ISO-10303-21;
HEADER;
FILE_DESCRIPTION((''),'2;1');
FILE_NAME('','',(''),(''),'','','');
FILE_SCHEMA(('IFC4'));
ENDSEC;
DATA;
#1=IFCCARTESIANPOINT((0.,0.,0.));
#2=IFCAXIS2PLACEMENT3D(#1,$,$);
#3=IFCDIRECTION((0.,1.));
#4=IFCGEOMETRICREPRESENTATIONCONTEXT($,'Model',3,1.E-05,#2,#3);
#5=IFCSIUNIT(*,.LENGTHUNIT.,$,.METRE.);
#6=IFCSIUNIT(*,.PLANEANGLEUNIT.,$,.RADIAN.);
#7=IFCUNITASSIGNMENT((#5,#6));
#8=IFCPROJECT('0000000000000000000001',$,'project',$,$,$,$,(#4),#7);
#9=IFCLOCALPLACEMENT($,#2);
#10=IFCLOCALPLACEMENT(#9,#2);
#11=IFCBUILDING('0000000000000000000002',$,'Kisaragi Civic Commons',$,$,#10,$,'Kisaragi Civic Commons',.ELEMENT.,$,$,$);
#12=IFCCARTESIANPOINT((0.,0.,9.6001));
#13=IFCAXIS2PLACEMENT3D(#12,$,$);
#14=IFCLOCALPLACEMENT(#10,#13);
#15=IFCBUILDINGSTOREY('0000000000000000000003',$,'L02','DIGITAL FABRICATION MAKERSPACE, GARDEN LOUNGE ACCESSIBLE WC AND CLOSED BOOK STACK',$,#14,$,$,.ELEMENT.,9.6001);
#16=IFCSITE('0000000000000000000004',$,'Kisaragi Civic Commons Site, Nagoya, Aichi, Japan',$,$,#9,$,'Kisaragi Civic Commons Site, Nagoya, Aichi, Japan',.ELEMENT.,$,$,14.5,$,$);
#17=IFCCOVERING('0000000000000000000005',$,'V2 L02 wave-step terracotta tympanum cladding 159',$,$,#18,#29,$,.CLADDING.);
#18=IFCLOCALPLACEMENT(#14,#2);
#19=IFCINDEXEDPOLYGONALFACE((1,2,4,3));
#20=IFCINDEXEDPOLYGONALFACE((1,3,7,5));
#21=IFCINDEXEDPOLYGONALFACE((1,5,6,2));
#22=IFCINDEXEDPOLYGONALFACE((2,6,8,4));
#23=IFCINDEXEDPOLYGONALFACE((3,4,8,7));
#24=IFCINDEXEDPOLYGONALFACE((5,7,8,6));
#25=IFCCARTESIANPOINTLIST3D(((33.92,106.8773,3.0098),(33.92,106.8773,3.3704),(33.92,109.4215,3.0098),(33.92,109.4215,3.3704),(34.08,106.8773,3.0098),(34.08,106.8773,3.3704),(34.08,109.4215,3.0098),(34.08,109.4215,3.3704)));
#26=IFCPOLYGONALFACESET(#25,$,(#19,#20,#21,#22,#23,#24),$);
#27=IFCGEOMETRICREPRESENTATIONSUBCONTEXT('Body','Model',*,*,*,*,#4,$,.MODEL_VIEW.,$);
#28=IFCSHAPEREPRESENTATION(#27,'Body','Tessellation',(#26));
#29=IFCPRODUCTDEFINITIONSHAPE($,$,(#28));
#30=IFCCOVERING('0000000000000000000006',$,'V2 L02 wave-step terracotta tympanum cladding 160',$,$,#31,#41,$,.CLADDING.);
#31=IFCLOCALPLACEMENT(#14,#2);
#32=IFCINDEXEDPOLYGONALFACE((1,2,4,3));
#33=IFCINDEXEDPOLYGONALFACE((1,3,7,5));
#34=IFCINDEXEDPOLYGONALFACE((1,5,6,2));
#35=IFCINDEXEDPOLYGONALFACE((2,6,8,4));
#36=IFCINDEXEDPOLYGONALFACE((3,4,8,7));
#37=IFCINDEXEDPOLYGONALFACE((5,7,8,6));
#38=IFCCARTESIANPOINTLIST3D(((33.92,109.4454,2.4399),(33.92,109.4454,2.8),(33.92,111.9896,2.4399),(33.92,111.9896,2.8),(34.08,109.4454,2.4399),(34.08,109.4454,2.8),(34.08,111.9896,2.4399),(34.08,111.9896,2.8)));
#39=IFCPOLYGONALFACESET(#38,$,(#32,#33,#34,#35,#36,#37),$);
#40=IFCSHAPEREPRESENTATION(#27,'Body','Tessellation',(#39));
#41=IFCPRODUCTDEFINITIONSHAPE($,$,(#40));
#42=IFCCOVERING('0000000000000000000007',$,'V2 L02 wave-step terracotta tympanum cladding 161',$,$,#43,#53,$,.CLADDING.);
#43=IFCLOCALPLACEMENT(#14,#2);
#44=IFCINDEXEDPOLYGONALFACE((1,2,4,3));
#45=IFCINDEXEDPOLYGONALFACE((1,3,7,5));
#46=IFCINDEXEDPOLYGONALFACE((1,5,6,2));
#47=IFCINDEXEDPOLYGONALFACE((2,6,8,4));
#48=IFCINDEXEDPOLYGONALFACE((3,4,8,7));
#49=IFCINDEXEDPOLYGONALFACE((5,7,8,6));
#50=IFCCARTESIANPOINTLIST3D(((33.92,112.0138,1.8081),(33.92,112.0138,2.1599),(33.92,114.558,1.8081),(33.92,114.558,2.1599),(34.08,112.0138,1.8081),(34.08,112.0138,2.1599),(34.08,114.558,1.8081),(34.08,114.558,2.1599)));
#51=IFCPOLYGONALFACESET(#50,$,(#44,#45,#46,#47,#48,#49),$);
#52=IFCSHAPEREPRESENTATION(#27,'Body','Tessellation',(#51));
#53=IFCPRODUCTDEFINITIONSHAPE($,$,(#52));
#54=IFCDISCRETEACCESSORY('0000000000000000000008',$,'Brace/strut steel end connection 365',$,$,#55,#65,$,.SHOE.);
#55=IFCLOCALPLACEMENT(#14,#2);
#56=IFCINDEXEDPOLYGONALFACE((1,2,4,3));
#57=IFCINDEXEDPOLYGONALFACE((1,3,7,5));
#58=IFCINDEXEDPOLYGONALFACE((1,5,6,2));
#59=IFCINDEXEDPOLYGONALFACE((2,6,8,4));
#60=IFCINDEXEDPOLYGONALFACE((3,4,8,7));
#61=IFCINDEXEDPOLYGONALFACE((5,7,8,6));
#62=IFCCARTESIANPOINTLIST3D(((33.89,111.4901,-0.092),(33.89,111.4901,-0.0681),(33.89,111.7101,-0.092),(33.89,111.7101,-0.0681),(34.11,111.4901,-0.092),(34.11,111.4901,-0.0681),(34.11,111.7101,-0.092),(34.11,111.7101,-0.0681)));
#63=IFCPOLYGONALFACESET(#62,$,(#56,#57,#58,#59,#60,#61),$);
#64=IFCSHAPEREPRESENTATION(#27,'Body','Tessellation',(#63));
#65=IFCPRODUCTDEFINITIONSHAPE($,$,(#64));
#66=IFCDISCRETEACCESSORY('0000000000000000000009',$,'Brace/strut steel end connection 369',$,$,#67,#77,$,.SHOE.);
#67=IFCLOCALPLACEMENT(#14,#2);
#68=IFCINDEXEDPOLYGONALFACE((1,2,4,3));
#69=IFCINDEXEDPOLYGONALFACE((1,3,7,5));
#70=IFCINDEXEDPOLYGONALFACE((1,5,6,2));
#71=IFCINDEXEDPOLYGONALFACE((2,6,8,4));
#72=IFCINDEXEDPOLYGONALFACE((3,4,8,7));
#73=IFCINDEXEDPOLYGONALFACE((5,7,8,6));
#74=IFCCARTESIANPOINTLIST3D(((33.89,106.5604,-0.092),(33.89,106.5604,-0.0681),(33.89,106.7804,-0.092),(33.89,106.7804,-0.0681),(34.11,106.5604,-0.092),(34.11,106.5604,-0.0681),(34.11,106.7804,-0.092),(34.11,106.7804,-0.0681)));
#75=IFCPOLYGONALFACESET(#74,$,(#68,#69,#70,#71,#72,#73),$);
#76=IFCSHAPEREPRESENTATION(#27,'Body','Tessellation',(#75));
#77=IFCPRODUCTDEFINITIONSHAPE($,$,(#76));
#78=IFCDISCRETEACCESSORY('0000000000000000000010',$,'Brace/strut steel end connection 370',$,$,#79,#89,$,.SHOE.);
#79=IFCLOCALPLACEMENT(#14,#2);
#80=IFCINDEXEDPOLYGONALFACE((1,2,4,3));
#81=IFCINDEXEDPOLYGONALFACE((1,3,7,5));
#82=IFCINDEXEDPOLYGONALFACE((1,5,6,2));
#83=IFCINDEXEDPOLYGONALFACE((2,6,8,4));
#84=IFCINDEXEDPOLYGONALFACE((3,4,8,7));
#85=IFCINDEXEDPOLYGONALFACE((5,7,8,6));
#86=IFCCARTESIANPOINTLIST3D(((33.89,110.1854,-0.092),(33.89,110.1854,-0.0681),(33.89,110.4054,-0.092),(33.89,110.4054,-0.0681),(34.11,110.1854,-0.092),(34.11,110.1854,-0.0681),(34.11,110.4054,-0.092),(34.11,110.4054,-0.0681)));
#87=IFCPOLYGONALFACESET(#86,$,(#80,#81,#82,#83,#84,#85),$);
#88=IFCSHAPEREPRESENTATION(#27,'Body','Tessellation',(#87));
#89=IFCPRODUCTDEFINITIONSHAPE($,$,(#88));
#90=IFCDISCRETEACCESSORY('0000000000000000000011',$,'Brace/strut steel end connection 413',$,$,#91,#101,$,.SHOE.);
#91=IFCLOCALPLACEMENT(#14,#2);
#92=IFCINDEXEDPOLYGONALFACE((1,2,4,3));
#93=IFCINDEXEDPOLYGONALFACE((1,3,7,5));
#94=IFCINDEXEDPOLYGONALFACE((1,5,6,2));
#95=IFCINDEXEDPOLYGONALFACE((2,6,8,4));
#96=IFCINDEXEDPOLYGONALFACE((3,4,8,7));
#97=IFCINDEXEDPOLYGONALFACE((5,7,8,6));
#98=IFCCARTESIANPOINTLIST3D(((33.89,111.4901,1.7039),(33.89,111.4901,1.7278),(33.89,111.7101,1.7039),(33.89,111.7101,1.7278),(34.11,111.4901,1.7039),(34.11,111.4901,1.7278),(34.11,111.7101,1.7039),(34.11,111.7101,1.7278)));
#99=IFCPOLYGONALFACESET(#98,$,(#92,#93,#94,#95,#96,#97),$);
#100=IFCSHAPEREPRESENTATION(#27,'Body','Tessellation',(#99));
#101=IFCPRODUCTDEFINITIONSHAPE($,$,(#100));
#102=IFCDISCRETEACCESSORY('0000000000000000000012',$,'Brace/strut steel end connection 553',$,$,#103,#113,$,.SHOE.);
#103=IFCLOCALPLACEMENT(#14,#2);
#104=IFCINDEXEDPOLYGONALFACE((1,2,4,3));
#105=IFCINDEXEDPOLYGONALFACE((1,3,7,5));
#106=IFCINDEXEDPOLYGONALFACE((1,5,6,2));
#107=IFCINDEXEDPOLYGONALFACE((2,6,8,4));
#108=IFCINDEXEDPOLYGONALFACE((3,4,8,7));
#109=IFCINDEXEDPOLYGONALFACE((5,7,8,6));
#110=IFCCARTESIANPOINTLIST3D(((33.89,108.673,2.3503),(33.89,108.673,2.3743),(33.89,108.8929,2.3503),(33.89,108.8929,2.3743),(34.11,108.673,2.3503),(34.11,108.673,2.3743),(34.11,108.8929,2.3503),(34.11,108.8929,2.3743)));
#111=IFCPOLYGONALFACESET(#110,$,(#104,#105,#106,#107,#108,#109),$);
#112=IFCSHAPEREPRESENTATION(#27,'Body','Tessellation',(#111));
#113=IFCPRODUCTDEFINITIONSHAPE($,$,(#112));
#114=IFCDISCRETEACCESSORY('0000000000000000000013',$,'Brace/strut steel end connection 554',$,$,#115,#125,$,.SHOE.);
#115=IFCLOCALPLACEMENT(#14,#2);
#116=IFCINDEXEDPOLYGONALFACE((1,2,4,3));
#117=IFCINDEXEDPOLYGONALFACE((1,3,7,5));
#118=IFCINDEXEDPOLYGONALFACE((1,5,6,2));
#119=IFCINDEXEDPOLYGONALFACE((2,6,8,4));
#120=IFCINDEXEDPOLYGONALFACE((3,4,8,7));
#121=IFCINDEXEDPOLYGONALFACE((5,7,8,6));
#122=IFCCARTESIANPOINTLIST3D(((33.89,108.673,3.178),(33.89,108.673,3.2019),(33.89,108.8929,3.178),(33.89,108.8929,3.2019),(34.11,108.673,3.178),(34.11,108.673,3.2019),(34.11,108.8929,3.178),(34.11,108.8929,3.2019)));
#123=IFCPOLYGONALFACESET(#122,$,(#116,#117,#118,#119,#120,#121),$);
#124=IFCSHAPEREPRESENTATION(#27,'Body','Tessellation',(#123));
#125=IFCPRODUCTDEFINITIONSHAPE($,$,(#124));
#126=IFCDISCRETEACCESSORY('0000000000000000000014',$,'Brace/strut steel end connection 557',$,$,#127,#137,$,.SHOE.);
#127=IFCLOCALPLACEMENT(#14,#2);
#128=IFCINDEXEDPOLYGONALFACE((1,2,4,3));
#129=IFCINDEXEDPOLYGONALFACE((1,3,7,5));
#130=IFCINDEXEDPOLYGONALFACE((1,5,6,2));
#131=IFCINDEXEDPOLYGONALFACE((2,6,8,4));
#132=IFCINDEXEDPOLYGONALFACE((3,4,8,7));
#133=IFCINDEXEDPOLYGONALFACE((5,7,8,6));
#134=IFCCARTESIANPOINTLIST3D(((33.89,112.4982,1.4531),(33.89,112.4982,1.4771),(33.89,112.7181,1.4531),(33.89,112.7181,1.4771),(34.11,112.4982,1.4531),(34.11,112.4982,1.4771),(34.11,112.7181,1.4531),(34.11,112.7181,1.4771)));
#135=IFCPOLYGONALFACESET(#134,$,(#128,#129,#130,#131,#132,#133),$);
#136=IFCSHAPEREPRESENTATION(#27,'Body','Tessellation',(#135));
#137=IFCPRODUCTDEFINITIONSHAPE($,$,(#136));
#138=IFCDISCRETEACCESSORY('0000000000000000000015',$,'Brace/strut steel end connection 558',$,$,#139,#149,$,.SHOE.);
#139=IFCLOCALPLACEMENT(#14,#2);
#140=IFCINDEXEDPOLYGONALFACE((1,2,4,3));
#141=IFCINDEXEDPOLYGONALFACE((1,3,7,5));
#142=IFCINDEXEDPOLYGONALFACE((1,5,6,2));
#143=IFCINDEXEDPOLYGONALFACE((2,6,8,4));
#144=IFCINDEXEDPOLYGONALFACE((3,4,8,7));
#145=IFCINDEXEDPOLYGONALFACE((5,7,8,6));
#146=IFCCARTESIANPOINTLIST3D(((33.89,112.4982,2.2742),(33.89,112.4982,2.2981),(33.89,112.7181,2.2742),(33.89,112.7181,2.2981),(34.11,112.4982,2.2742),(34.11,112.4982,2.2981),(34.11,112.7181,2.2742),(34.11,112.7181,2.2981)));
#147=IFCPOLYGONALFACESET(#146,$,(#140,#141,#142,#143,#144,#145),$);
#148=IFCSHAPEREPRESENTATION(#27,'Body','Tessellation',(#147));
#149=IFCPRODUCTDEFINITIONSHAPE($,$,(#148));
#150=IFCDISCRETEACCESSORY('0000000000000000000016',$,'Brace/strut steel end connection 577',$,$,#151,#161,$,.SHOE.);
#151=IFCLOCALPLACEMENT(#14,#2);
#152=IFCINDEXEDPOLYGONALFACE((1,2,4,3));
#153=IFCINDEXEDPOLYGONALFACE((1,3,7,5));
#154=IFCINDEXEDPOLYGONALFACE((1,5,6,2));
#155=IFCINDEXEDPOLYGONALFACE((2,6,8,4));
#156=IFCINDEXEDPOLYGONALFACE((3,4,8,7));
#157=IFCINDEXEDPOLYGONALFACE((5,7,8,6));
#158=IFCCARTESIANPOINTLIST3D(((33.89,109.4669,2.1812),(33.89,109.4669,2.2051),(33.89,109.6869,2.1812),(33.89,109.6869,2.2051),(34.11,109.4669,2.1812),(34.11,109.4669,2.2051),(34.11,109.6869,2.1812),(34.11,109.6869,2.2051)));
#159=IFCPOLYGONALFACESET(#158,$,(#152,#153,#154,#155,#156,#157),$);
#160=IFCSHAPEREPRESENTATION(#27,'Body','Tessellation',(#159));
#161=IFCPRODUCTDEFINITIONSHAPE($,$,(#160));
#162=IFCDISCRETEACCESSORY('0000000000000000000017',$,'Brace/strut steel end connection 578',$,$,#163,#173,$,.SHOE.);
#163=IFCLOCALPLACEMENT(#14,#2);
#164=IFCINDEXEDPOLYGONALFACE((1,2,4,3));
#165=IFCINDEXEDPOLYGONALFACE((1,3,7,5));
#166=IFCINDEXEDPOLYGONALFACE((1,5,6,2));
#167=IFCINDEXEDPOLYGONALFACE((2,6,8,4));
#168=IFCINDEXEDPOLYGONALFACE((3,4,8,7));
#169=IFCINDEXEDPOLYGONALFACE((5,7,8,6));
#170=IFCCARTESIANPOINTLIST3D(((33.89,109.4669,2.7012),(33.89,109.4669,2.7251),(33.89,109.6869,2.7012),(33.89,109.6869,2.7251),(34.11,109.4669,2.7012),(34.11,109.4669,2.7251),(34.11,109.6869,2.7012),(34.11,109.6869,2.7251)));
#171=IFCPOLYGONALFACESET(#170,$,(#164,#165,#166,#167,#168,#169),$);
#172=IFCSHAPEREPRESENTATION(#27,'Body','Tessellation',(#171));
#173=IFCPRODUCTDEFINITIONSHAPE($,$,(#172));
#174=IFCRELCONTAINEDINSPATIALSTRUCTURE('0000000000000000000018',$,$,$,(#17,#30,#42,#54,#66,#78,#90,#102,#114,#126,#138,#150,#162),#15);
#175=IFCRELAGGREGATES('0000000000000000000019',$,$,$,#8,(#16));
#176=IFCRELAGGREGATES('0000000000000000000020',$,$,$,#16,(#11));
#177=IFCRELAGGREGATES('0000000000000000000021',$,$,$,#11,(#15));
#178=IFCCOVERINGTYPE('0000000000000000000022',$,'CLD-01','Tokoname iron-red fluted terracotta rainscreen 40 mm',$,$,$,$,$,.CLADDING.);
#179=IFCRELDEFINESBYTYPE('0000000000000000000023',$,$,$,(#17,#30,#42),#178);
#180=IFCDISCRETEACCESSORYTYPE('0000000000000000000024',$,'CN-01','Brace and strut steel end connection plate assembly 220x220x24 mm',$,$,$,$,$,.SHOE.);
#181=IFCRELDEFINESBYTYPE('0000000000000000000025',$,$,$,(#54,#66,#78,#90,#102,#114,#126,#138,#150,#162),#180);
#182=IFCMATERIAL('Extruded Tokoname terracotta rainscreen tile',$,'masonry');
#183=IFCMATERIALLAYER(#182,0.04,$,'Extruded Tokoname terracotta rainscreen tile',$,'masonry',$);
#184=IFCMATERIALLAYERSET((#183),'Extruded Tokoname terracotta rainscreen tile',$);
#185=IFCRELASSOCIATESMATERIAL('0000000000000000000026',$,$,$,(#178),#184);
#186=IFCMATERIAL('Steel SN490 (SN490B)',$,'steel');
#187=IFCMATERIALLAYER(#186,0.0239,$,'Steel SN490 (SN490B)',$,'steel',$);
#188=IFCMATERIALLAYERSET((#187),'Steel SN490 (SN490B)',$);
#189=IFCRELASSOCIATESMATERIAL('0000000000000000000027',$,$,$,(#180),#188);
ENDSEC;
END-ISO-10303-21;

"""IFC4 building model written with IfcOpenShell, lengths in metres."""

from ifc_helpers import new_model, si_unit, direction, frame, origin, origin_2d, place, context, subcontext, project, spatial, rectangle, extrude, material, layer, layer_set, type_object, element, save


model = new_model("IFC4")

# Units and contexts
model_context = context("Model", 3, precision=1e-05, world=origin(), true_north=direction((0.0, 1.0)))
body_context = subcontext(model_context, "Body", "Model", "MODEL_VIEW")
ifc_project = project(units=[si_unit("LENGTHUNIT", "METRE"), si_unit("PLANEANGLEUNIT", "RADIAN")], contexts=[model_context])

# Site, building, storey
site_placement = place(None, origin())
site = spatial("IfcSite", under=ifc_project, at=site_placement, Name="Kisaragi Civic Commons Site, Nagoya, Aichi, Japan", LongName="Kisaragi Civic Commons Site, Nagoya, Aichi, Japan", CompositionType="ELEMENT", RefElevation=14.5)
building_placement = place(site_placement, origin())
building = spatial("IfcBuilding", under=site, at=building_placement, Name="Kisaragi Civic Commons", LongName="Kisaragi Civic Commons", CompositionType="ELEMENT")
storey_placement = place(building_placement, frame((0.0, 0.0, 9.6001)))
storey = spatial("IfcBuildingStorey", under=building, at=storey_placement, Name="L02", Description="DIGITAL FABRICATION MAKERSPACE, GARDEN LOUNGE ACCESSIBLE WC AND CLOSED BOOK STACK", CompositionType="ELEMENT", Elevation=9.6001)

# Shared definitions
ifc_material_1 = material(Name="Steel SN490 (SN490B)", Category="steel")

# Coverings
ifc_material_2 = material(Name="Extruded Tokoname terracotta rainscreen tile", Category="masonry")
ifc_layer_1 = layer(ifc_material_2, 0.04, Name="Extruded Tokoname terracotta rainscreen tile", Category="masonry")
ifc_layer_set_1 = layer_set([ifc_layer_1], Name="Extruded Tokoname terracotta rainscreen tile")
covering_type = type_object("IfcCoveringType", Name="CLD-01", Description="Tokoname iron-red fluted terracotta rainscreen 40 mm", PredefinedType="CLADDING", material=ifc_layer_set_1)
covering_1_placement = place(storey_placement, frame((34.0, 108.1494, 3.0098), z_axis=(0.0, 0.0, 1.0), x_axis=(0.0, 1.0, 0.0)))
element("IfcCovering", 1, at=covering_1_placement, inside=storey, type_object=covering_type, Name="V2 L02 wave-step terracotta tympanum cladding 159", PredefinedType="CLADDING", context=body_context, shape_type="SweptSolid", body=[
    extrude(rectangle(XDim=2.5442, YDim=0.1599, at=origin_2d()), origin(), (0.0, 0.0, 1.0), 0.3606),
])
covering_2_placement = place(storey_placement, frame((34.0, 110.7175, 2.4399), z_axis=(0.0, 0.0, 1.0), x_axis=(0.0, 1.0, 0.0)))
element("IfcCovering", 2, at=covering_2_placement, inside=storey, type_object=covering_type, Name="V2 L02 wave-step terracotta tympanum cladding 160", PredefinedType="CLADDING", context=body_context, shape_type="SweptSolid", body=[
    extrude(rectangle(XDim=2.5442, YDim=0.1599, at=origin_2d()), origin(), (0.0, 0.0, 1.0), 0.3601),
])
covering_3_placement = place(storey_placement, frame((34.0, 113.2859, 1.8081), z_axis=(0.0, 0.0, 1.0), x_axis=(0.0, 1.0, 0.0)))
element("IfcCovering", 3, at=covering_3_placement, inside=storey, type_object=covering_type, Name="V2 L02 wave-step terracotta tympanum cladding 161", PredefinedType="CLADDING", context=body_context, shape_type="SweptSolid", body=[
    extrude(rectangle(XDim=2.5442, YDim=0.1599, at=origin_2d()), origin(), (0.0, 0.0, 1.0), 0.3518),
])

# Discrete accessories
ifc_layer_2 = layer(ifc_material_1, 0.0239, Name="Steel SN490 (SN490B)", Category="steel")
ifc_layer_set_2 = layer_set([ifc_layer_2], Name="Steel SN490 (SN490B)")
discrete_accessory_type = type_object("IfcDiscreteAccessoryType", Name="CN-01", Description="Brace and strut steel end connection plate assembly 220x220x24 mm", PredefinedType="SHOE", material=ifc_layer_set_2)
for number, where, z_axis, x_axis, name in (
    (4, (34.0, 111.6001, -0.092), (0.0, 0.0, 1.0), (1.0, 0.0, 0.0), "Brace/strut steel end connection 365"),
    (5, (34.0, 106.6704, -0.092), (0.0, 0.0, 1.0), (1.0, 0.0, 0.0), "Brace/strut steel end connection 369"),
    (6, (34.0, 110.2954, -0.092), (0.0, 0.0, 1.0), (1.0, 0.0, 0.0), "Brace/strut steel end connection 370"),
    (7, (34.0, 111.6001, 1.7039), (0.0, 0.0, 1.0), (1.0, 0.0, 0.0), "Brace/strut steel end connection 413"),
    (8, (34.0, 108.783, 2.3503), (0.0, 0.0, 1.0), (1.0, 0.0, 0.0), "Brace/strut steel end connection 553"),
    (9, (34.0, 108.783, 3.178), (0.0, 0.0, 1.0), (1.0, 0.0, 0.0), "Brace/strut steel end connection 554"),
    (10, (34.0, 112.6082, 1.4531), (0.0, 0.0, 1.0), (1.0, 0.0, 0.0), "Brace/strut steel end connection 557"),
    (11, (34.0, 112.6082, 2.2742), (0.0, 0.0, 1.0), (1.0, 0.0, 0.0), "Brace/strut steel end connection 558"),
    (12, (34.0, 109.5769, 2.1812), (0.0, 0.0, 1.0), (1.0, 0.0, 0.0), "Brace/strut steel end connection 577"),
    (13, (34.0, 109.5769, 2.7012), (0.0, 0.0, 1.0), (1.0, 0.0, 0.0), "Brace/strut steel end connection 578"),
):
    element("IfcDiscreteAccessory", number, at=place(storey_placement, frame(where, z_axis=z_axis, x_axis=x_axis)), inside=storey, type_object=discrete_accessory_type, Name=name, PredefinedType="SHOE", context=body_context, shape_type="SweptSolid", body=[
        extrude(rectangle(XDim=0.22, YDim=0.22, at=origin_2d()), origin(), (0.0, 0.0, 1.0), 0.0239),
    ])

save(model, "model.ifc")
